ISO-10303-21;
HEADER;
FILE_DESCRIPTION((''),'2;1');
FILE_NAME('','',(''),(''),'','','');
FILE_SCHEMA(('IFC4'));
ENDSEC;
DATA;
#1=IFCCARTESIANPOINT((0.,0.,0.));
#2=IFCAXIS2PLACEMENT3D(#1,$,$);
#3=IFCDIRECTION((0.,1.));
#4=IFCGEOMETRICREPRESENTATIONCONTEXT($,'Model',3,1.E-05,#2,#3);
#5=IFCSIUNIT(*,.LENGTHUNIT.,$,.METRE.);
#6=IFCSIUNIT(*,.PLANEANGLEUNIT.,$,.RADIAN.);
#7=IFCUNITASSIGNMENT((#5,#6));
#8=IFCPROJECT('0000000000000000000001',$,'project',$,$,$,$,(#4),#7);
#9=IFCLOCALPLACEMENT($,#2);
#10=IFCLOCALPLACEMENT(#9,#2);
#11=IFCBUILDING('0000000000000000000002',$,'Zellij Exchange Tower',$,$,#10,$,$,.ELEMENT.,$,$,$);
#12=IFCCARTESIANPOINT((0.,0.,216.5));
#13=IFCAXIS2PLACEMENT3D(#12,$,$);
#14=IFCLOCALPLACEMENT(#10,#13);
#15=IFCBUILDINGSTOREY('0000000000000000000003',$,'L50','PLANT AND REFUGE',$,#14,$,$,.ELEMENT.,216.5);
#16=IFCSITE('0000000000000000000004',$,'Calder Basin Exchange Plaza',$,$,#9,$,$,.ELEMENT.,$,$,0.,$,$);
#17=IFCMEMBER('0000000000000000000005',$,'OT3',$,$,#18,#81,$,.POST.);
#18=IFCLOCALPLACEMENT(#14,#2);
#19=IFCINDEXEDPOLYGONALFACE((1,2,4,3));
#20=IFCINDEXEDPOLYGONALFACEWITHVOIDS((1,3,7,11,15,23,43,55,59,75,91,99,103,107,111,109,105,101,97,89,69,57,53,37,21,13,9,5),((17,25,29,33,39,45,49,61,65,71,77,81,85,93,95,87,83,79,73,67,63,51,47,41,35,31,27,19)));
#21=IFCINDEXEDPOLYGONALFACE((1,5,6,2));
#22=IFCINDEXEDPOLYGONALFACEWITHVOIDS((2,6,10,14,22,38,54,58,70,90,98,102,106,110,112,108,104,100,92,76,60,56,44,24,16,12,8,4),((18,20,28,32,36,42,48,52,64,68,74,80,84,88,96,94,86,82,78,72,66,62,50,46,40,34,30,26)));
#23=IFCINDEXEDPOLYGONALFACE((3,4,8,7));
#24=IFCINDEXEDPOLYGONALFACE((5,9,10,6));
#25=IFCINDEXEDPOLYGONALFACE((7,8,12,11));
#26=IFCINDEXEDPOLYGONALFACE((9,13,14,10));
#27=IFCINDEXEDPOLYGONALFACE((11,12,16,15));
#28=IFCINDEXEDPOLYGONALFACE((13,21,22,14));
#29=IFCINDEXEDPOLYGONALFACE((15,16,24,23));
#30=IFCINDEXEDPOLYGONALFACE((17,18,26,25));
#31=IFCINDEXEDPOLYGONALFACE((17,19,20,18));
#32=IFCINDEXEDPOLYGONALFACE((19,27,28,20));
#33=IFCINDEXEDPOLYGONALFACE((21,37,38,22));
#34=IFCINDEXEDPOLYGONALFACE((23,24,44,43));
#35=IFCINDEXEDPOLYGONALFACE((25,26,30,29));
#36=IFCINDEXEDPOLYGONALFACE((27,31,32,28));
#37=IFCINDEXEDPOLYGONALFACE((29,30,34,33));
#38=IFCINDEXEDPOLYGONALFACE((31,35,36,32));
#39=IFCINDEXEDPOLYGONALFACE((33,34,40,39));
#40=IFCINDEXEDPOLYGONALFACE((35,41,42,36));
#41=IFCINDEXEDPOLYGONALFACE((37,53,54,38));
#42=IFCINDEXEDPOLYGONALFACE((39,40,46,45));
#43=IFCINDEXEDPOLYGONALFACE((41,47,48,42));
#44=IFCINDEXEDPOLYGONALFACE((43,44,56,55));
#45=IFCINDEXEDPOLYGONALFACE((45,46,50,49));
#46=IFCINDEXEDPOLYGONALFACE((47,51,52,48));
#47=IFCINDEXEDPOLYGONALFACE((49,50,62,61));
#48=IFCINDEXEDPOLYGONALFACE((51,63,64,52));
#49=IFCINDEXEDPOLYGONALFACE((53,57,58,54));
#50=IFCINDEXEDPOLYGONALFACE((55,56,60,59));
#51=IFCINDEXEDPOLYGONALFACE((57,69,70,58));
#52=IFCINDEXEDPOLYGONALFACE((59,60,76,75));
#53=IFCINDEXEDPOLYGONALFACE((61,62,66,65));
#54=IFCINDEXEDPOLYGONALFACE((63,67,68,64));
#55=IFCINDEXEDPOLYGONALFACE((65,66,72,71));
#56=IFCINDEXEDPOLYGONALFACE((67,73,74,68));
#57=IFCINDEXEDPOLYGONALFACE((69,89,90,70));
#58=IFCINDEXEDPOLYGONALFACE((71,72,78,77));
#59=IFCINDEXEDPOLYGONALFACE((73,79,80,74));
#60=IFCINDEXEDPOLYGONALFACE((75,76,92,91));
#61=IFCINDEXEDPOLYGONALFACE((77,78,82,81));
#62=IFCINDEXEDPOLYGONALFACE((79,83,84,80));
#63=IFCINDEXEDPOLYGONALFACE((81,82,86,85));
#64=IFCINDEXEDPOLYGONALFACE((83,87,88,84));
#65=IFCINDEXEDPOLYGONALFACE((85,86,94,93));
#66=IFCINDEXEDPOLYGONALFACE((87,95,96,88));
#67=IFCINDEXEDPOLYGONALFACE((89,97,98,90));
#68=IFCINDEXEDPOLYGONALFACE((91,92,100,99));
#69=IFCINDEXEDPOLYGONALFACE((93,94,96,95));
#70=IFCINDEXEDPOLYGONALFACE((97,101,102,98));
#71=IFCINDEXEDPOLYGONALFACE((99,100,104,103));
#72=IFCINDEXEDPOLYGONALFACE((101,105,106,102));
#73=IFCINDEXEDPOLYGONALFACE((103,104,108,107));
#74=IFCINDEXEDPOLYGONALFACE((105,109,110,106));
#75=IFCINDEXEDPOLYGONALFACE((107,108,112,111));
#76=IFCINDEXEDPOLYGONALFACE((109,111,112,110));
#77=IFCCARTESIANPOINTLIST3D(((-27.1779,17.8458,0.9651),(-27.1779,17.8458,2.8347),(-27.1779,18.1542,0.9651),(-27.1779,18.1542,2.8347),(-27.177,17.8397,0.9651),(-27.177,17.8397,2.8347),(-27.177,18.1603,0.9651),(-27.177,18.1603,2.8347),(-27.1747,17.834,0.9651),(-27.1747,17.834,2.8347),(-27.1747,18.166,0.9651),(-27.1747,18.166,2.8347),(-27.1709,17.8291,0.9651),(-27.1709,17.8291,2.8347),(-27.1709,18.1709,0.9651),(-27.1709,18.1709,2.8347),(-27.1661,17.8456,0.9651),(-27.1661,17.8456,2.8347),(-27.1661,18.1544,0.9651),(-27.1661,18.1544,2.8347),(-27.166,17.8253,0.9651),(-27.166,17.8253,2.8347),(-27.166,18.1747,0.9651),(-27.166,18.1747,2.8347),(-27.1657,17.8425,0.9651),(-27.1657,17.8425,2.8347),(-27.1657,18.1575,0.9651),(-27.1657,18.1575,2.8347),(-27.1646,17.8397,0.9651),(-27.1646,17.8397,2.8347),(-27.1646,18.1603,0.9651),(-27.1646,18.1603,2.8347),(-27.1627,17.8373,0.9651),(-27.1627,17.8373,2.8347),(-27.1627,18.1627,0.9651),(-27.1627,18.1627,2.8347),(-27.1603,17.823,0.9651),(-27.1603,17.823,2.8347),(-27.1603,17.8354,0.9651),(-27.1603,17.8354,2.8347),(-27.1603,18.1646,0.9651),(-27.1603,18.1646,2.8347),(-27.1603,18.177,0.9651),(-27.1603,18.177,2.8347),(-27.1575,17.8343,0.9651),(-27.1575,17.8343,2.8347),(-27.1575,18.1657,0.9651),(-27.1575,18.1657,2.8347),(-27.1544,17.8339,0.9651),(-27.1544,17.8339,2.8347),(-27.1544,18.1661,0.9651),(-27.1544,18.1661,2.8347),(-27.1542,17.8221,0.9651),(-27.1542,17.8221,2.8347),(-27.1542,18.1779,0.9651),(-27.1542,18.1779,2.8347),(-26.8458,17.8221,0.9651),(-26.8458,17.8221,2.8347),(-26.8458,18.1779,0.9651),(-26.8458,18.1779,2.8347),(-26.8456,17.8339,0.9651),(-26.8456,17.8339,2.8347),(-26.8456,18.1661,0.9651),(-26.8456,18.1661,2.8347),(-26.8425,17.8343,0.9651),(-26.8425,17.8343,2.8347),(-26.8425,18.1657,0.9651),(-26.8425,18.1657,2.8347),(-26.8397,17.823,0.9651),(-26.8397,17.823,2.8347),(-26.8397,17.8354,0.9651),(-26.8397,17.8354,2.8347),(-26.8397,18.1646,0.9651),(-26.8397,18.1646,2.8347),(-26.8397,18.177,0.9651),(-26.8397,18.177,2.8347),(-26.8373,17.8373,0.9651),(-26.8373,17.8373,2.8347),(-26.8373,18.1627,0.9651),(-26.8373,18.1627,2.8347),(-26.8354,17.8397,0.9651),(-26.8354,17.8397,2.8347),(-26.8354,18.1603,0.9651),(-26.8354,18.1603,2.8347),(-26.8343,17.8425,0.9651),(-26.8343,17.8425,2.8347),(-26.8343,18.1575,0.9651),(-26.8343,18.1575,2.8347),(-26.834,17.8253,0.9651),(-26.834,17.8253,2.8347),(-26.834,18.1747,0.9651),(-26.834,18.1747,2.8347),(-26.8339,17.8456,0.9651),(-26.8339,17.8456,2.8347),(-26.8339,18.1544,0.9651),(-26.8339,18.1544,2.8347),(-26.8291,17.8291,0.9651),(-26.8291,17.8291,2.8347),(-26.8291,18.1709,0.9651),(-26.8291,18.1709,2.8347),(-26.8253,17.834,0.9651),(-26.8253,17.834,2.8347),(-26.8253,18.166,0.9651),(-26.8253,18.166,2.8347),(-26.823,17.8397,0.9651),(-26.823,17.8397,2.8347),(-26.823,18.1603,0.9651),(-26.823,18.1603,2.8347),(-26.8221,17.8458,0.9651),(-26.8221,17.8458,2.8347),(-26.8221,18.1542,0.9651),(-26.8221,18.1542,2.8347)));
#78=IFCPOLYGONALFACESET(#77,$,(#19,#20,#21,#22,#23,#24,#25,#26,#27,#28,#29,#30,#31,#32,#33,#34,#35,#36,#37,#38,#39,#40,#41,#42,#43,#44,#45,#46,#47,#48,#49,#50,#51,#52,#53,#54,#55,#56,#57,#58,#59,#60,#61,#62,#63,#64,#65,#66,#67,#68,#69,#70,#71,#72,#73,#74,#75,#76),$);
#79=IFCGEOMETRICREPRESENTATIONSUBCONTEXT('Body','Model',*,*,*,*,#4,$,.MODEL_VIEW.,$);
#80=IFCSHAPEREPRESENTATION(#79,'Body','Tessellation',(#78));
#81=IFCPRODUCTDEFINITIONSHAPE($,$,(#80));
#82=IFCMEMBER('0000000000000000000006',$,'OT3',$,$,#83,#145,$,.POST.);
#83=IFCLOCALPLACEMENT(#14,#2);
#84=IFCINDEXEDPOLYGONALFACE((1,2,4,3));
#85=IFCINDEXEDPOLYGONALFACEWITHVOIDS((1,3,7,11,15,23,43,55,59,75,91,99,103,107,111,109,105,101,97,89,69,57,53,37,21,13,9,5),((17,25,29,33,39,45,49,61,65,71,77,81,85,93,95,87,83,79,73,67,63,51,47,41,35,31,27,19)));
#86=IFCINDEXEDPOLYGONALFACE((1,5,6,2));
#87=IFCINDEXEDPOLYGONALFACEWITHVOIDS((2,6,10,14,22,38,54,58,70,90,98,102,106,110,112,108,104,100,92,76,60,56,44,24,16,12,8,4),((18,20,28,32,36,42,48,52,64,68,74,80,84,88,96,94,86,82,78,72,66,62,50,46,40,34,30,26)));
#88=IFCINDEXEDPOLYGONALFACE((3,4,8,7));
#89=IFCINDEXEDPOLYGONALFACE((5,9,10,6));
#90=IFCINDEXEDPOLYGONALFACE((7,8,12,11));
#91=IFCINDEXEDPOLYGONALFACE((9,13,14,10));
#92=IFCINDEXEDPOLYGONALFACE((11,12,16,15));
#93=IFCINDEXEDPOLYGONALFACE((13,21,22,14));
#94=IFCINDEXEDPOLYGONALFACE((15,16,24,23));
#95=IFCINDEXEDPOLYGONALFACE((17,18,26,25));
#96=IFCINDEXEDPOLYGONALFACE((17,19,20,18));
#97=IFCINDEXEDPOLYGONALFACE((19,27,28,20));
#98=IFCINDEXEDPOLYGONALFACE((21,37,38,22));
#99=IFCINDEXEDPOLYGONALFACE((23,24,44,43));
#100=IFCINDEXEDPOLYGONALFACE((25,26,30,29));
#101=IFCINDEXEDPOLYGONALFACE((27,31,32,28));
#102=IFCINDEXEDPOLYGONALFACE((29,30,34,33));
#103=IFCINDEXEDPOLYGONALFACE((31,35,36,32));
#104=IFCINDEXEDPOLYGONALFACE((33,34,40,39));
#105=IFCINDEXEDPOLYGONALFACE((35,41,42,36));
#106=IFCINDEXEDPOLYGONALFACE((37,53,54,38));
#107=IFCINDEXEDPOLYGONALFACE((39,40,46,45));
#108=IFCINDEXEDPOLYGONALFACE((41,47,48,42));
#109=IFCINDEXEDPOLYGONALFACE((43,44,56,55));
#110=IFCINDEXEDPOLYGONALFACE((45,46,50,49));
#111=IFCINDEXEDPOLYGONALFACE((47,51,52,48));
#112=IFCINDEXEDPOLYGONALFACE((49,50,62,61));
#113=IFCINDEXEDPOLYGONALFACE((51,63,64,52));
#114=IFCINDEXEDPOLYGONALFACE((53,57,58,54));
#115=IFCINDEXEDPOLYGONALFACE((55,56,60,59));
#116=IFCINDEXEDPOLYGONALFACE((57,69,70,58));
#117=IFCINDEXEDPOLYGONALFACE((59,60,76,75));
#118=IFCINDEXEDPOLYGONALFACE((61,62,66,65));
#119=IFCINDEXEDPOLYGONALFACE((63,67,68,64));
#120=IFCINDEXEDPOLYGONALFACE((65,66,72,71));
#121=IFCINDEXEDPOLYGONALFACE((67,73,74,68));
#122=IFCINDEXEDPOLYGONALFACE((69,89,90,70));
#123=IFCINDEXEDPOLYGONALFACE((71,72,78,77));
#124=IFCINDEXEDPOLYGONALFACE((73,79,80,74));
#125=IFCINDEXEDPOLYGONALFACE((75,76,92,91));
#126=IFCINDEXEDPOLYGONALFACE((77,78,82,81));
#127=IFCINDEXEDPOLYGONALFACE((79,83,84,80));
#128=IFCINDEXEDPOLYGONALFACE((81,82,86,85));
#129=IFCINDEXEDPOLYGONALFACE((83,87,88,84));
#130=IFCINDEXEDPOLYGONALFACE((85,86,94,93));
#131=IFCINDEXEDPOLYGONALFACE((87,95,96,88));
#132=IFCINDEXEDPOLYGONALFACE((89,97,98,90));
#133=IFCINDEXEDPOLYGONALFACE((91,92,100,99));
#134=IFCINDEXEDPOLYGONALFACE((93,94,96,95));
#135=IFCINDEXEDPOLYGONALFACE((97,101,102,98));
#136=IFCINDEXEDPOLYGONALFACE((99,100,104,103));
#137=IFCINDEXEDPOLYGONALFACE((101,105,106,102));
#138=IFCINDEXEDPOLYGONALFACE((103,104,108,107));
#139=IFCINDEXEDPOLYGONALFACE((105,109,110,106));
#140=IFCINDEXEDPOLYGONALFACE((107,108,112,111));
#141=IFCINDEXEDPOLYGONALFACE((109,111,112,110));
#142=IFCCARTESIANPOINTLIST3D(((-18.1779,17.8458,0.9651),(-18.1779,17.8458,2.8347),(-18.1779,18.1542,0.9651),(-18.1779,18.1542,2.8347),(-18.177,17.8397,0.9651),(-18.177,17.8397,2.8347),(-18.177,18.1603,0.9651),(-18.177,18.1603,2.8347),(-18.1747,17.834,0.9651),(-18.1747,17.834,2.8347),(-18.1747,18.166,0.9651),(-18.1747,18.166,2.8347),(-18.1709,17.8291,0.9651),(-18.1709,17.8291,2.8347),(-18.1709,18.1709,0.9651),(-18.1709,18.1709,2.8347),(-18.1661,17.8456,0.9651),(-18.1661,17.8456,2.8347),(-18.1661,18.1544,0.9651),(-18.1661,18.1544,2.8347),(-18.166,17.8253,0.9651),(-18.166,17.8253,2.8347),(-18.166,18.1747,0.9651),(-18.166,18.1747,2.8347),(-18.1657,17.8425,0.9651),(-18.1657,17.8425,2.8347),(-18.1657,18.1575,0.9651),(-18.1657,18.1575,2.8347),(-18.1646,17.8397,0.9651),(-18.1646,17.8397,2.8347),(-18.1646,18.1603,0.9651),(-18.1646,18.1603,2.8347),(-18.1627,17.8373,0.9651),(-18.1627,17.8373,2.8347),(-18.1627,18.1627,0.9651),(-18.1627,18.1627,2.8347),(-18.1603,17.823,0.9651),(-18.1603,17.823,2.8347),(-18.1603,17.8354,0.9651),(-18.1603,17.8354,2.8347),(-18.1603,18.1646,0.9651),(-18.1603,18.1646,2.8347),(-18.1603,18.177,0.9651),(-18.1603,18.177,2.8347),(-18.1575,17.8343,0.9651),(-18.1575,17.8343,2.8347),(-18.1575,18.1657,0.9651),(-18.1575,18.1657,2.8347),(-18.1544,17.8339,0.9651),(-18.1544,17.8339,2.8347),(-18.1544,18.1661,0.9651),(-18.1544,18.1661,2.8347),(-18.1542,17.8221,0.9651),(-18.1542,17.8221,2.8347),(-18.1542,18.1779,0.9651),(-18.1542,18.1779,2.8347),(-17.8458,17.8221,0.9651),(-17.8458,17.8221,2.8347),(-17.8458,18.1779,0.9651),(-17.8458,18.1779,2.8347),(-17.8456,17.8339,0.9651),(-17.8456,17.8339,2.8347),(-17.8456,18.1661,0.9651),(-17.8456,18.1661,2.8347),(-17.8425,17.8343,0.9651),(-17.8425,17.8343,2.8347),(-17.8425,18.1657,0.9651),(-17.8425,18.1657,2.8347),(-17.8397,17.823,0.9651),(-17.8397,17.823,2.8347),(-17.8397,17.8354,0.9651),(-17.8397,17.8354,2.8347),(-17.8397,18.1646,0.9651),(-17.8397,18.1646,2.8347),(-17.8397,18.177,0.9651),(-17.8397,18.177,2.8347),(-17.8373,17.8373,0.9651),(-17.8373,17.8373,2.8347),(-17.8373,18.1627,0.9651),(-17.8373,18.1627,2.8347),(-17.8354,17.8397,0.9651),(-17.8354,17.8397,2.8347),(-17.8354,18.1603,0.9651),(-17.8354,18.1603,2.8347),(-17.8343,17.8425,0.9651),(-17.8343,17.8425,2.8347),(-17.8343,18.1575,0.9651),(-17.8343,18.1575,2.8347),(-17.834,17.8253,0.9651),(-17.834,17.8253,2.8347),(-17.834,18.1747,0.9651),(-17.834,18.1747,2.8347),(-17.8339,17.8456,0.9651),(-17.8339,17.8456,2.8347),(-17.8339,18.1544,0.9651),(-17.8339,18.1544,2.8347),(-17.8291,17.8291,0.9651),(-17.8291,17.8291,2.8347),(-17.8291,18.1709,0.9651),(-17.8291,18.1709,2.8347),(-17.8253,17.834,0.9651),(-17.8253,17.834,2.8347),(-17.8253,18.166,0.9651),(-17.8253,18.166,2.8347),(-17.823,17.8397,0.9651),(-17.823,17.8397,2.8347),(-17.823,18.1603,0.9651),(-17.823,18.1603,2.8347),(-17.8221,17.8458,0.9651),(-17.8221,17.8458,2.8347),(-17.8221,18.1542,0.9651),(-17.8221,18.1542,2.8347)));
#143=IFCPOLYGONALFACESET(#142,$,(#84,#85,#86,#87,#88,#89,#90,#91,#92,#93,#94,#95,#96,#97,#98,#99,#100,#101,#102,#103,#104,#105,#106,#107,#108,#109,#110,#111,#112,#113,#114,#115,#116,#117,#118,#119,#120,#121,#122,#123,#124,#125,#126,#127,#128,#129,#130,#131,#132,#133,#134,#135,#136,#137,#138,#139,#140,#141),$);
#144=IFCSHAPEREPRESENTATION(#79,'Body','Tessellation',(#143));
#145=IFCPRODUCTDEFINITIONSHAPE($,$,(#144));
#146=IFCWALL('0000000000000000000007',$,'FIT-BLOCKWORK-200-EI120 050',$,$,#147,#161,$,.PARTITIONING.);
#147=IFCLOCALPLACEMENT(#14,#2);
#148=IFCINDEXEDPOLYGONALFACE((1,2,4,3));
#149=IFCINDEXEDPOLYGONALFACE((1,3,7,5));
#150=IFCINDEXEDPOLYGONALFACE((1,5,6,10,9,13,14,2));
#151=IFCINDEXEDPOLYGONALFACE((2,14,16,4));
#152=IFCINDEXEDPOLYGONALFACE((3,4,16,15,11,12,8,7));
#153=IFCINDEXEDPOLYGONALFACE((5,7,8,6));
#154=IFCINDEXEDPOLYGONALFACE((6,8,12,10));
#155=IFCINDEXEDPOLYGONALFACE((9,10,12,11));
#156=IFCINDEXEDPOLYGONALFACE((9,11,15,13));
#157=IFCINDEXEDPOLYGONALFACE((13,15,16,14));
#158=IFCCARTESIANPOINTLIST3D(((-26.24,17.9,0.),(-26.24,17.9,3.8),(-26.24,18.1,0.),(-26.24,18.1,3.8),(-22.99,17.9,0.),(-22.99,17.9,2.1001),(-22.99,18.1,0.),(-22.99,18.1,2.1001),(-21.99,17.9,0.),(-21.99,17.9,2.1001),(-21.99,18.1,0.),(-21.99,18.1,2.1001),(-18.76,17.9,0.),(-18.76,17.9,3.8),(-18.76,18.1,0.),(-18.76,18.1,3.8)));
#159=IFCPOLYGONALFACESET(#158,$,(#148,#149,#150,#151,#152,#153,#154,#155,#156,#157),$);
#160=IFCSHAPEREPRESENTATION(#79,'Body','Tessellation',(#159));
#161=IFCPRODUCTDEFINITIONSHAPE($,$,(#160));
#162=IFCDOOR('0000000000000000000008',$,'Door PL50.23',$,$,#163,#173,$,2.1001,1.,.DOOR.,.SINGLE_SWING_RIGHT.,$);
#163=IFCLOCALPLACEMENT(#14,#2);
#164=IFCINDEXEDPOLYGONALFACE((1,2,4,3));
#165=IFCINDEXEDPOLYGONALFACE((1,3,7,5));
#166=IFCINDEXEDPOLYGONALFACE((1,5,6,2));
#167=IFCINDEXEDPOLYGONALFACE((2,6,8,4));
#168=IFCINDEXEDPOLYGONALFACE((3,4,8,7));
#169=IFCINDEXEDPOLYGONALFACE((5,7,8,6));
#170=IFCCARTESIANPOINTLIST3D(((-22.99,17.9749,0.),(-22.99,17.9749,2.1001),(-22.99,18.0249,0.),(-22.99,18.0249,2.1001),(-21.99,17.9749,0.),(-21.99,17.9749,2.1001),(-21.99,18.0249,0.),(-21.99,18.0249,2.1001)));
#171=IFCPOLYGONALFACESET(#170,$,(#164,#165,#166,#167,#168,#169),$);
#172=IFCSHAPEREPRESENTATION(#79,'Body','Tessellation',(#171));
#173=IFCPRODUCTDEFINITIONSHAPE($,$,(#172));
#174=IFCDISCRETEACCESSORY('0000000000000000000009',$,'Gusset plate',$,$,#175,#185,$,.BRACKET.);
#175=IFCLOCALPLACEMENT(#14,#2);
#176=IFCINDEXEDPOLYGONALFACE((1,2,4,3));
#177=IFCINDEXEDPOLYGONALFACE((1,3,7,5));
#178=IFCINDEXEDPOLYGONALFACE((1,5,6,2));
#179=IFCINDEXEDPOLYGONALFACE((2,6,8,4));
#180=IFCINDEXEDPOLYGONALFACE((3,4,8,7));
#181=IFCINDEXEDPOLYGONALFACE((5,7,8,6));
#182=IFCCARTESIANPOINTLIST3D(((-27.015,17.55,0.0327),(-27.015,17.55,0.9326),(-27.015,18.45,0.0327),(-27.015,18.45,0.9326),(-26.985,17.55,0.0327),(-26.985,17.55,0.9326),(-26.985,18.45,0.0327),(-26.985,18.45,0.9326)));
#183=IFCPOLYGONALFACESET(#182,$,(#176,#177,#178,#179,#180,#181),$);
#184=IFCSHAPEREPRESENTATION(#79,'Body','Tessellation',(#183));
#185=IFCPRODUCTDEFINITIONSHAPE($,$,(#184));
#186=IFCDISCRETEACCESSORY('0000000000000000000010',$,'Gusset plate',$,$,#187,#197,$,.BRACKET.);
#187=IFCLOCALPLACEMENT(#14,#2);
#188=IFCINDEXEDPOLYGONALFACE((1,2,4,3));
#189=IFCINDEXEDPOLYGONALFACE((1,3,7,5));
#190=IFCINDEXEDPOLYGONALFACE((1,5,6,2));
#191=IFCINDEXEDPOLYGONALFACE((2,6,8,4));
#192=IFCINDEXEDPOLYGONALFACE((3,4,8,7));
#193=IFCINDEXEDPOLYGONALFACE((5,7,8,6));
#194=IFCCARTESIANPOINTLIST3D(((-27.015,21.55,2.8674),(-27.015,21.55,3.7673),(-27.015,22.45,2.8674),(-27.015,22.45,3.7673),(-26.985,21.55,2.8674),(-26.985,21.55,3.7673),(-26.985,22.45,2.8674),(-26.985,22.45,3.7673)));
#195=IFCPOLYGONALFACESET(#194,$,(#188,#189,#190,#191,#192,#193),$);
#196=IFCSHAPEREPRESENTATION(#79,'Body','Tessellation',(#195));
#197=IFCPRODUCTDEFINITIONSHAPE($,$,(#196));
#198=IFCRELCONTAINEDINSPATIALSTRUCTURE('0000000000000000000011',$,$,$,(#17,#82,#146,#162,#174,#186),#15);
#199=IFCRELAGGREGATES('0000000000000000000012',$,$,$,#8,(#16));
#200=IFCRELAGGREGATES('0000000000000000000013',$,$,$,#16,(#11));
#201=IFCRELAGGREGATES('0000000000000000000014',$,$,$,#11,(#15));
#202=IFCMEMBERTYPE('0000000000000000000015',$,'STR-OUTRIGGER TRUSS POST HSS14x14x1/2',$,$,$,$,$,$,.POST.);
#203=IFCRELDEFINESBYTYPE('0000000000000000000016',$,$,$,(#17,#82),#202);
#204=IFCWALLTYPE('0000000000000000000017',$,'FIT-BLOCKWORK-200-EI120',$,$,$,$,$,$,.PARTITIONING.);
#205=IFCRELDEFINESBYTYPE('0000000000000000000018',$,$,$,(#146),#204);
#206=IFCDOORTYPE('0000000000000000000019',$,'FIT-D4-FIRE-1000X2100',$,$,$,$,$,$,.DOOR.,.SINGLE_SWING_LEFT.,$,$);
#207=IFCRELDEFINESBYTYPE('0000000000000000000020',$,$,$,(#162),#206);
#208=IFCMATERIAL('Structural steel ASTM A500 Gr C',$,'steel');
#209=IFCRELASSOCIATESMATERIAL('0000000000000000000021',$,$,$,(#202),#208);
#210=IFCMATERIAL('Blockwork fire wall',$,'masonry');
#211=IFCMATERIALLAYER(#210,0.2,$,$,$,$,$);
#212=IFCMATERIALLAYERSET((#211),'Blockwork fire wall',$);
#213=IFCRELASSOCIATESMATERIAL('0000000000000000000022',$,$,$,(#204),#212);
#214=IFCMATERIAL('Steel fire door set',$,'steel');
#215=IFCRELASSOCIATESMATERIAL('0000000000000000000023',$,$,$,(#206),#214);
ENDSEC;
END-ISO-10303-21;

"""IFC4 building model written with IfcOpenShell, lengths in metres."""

from ifc_helpers import new_model, si_unit, direction, frame, frame_2d, origin, origin_2d, place, context, subcontext, project, spatial, rectangle, hollow_rectangle, extrude, material, layer, layer_set, material_profile, profile_set, type_object, element, fill, save


model = new_model("IFC4")

# Units and contexts
model_context = context("Model", 3, precision=1e-05, world=origin(), true_north=direction((0.0, 1.0)))
body_context = subcontext(model_context, "Body", "Model", "MODEL_VIEW")
ifc_project = project(units=[si_unit("LENGTHUNIT", "METRE"), si_unit("PLANEANGLEUNIT", "RADIAN")], contexts=[model_context])

# Site, building, storey
site_placement = place(None, origin())
site = spatial("IfcSite", under=ifc_project, at=site_placement, Name="Calder Basin Exchange Plaza", CompositionType="ELEMENT", RefElevation=0.0)
building_placement = place(site_placement, origin())
building = spatial("IfcBuilding", under=site, at=building_placement, Name="Zellij Exchange Tower", CompositionType="ELEMENT")
storey_placement = place(building_placement, frame((0.0, 0.0, 216.5)))
storey = spatial("IfcBuildingStorey", under=building, at=storey_placement, Name="L50", Description="PLANT AND REFUGE", CompositionType="ELEMENT", Elevation=216.5)

# Members
ifc_material_1 = material(Name="Structural steel ASTM A500 Gr C", Category="steel")
ifc_material_profile_1 = material_profile(ifc_material_1, hollow_rectangle(XDim=0.3557, YDim=0.3557, WallThickness=0.0117, InnerFilletRadius=0.0117, OuterFilletRadius=0.0237, at=origin_2d()), Name="STR-OUTRIGGER TRUSS POST HSS14x14x1/2")
ifc_profile_set_1 = profile_set([ifc_material_profile_1], Name="Structural steel ASTM A500 Gr C")
member_type_1 = type_object("IfcMemberType", Name="STR-OUTRIGGER TRUSS POST HSS14x14x1/2", PredefinedType="POST", material=ifc_profile_set_1)
for number, where, z_axis, x_axis, name in (
    (1, (-27.0, 18.0, 0.9651), (0.0, 0.0, 1.0), (1.0, 0.0, 0.0), "OT3"),
    (2, (-18.0, 18.0, 0.9651), (0.0, 0.0, 1.0), (1.0, 0.0, 0.0), "OT3"),
):
    element("IfcMember", number, at=place(storey_placement, frame(where, z_axis=z_axis, x_axis=x_axis)), inside=storey, type_object=member_type_1, Name=name, PredefinedType="POST", context=body_context, shape_type="SweptSolid", body=[
        extrude(hollow_rectangle(XDim=0.3557, YDim=0.3557, WallThickness=0.0117, InnerFilletRadius=0.0117, OuterFilletRadius=0.0237, at=origin_2d()), origin(), (0.0, 0.0, 1.0), 1.8696),
    ])

# Wall, opening, door
ifc_material_2 = material(Name="Blockwork fire wall", Category="masonry")
ifc_layer = layer(ifc_material_2, 0.2)
ifc_layer_set = layer_set([ifc_layer], Name="Blockwork fire wall")
wall_type = type_object("IfcWallType", Name="FIT-BLOCKWORK-200-EI120", PredefinedType="PARTITIONING", material=ifc_layer_set)
wall_placement = place(storey_placement, frame((-26.24, 18.0, 0.0), z_axis=(0.0, 0.0, 1.0), x_axis=(1.0, 0.0, 0.0)))
wall = element("IfcWall", 3, at=wall_placement, inside=storey, type_object=wall_type, Name="FIT-BLOCKWORK-200-EI120 050", PredefinedType="PARTITIONING", context=body_context, shape_type="SweptSolid", body=[
    extrude(rectangle(XDim=7.48, YDim=0.2, at=frame_2d((3.74, 0.0))), origin(), (0.0, 0.0, 1.0), 3.8),
])
opening_placement = place(wall_placement, frame((3.25, 0.0, 0.0)))
opening = element("IfcOpeningElement", 4, at=opening_placement, cuts=wall, PredefinedType="OPENING", context=body_context, shape_type="SweptSolid", body=[
    extrude(rectangle(XDim=1.0, YDim=2.1001, at=frame_2d((0.5, 1.05))), frame((0.0, 0.1118, 0.0), z_axis=(0.0, -1.0, 0.0), x_axis=(1.0, 0.0, 0.0)), (0.0, 0.0, 1.0), 0.2239),
])
ifc_material_3 = material(Name="Steel fire door set", Category="steel")
door_type = type_object("IfcDoorType", Name="FIT-D4-FIRE-1000X2100", OperationType="SINGLE_SWING_LEFT", PredefinedType="DOOR", material=ifc_material_3)
door_placement = place(opening_placement, origin())
door = element("IfcDoor", 5, at=door_placement, inside=storey, type_object=door_type, Name="Door PL50.23", OperationType="SINGLE_SWING_RIGHT", OverallHeight=2.1001, OverallWidth=1.0, PredefinedType="DOOR", context=body_context, shape_type="SweptSolid", body=[
    extrude(rectangle(XDim=1.0, YDim=2.1001, at=frame_2d((0.5, 1.05))), frame((0.0, 0.0249, 0.0), z_axis=(0.0, -1.0, 0.0), x_axis=(1.0, 0.0, 0.0)), (0.0, 0.0, 1.0), 0.05),
])
fill(opening, door)

# Discrete accessories
for number, where, z_axis, x_axis, name in (
    (6, (-27.0, 18.0, 0.0327), (0.0, 0.0, 1.0), (0.0, 1.0, 0.0), "Gusset plate"),
    (7, (-27.0, 22.0, 2.8674), (0.0, 0.0, 1.0), (0.0, 1.0, 0.0), "Gusset plate"),
):
    element("IfcDiscreteAccessory", number, at=place(storey_placement, frame(where, z_axis=z_axis, x_axis=x_axis)), inside=storey, Name=name, PredefinedType="BRACKET", context=body_context, shape_type="SweptSolid", body=[
        extrude(rectangle(XDim=0.8999, YDim=0.03, at=origin_2d()), origin(), (0.0, 0.0, 1.0), 0.8999),
    ])

save(model, "model.ifc")
